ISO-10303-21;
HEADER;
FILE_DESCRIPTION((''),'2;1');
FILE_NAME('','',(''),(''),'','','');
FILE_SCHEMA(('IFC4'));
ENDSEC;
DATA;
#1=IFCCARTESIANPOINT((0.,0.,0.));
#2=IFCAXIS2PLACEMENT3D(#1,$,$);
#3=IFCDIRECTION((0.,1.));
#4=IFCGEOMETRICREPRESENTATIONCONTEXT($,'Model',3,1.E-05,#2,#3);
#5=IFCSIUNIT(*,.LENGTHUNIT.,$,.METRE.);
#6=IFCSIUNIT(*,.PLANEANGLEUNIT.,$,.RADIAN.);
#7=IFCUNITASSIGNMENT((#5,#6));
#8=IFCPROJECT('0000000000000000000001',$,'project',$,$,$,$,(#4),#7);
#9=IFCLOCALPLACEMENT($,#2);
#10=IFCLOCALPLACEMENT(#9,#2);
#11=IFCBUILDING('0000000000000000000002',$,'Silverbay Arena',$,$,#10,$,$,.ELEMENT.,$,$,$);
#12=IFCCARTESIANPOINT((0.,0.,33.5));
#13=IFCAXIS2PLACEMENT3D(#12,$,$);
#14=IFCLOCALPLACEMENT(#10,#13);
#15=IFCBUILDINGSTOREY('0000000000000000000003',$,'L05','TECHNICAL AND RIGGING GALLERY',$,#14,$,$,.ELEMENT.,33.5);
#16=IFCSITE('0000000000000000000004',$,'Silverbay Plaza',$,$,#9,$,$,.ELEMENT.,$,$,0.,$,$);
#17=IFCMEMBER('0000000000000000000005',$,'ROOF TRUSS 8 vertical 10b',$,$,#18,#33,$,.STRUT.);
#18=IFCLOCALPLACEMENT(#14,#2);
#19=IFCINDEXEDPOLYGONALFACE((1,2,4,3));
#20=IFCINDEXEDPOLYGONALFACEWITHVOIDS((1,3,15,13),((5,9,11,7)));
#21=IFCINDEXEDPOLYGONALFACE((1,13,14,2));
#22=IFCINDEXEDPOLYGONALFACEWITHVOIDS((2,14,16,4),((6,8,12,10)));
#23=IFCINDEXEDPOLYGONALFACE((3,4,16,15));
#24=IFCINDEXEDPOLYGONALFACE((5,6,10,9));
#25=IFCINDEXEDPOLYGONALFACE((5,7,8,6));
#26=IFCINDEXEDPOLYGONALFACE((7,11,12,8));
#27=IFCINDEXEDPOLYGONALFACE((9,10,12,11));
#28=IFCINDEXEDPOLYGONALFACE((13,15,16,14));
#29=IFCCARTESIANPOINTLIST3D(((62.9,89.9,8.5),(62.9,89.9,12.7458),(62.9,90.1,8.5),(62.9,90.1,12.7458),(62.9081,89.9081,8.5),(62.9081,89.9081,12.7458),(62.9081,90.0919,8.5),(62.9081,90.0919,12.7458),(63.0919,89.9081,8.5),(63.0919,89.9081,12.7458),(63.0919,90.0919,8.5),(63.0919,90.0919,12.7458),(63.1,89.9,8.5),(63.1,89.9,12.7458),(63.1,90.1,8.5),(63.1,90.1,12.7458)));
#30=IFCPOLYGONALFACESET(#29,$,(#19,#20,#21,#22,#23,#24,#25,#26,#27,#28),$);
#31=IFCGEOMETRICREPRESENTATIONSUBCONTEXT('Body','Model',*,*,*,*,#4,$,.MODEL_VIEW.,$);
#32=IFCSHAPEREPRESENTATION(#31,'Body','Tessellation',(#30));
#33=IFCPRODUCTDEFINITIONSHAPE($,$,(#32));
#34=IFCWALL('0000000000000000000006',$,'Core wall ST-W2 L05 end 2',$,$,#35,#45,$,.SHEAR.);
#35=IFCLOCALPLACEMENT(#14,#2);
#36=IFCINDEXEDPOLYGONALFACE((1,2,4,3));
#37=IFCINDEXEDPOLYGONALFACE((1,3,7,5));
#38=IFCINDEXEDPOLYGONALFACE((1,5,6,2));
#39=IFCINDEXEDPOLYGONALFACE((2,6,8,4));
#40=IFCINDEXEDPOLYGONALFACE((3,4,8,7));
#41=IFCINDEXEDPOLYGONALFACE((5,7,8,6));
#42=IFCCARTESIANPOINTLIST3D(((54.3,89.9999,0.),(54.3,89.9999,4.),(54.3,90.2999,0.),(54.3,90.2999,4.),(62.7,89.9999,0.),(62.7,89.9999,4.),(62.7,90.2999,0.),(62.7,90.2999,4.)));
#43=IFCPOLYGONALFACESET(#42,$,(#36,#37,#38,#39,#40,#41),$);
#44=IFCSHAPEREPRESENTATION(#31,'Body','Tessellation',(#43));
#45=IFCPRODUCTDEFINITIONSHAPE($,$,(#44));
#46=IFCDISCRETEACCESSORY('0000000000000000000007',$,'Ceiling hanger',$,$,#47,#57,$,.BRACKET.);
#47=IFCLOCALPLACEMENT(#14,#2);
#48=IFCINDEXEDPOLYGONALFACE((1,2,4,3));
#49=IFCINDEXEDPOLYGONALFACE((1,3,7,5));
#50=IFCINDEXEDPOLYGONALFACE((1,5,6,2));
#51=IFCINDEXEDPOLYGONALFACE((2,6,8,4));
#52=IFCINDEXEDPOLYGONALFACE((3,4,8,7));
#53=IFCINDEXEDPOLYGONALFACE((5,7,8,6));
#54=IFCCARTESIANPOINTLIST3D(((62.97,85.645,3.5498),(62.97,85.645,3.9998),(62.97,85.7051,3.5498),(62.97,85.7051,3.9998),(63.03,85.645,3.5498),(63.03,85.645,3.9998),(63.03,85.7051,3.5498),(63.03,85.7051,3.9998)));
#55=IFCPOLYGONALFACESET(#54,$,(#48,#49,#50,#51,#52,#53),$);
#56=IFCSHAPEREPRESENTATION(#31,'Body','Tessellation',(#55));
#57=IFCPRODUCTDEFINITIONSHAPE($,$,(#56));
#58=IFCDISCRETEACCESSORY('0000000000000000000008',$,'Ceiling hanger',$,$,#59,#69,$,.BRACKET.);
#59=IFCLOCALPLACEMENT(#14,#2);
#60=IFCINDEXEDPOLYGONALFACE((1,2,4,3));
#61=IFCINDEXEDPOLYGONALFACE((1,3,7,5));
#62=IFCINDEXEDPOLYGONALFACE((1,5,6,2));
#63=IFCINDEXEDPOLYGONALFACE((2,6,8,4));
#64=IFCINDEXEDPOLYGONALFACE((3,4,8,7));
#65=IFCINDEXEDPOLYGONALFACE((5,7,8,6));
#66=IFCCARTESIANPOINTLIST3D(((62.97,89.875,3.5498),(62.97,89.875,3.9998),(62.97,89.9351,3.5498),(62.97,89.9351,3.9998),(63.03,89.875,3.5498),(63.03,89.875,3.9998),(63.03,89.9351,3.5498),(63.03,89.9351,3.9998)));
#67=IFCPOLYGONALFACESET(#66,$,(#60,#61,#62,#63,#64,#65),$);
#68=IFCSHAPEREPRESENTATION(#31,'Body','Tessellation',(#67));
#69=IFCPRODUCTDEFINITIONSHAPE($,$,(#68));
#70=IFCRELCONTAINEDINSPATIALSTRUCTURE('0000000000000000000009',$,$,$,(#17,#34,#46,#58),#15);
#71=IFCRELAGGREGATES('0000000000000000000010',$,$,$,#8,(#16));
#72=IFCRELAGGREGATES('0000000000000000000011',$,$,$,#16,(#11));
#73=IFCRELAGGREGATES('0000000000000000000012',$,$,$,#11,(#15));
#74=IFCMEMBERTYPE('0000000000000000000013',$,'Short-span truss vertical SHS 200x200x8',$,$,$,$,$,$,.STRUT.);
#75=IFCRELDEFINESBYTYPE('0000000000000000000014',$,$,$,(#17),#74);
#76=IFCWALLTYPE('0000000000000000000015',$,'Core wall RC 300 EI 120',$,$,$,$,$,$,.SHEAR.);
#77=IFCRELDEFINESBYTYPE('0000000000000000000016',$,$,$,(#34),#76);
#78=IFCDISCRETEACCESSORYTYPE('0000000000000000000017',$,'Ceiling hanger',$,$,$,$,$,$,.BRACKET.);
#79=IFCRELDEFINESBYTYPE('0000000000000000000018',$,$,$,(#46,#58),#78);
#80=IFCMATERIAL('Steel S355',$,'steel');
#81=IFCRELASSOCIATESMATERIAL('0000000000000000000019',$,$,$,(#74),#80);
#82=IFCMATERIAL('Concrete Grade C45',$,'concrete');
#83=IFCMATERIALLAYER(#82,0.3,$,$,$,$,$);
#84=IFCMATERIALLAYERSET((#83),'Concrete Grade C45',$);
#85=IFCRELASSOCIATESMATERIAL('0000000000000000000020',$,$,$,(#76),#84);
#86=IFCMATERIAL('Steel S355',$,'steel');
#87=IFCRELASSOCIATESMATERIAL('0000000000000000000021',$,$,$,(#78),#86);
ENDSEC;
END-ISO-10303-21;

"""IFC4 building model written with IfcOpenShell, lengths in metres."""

from ifc_helpers import new_model, si_unit, direction, frame, frame_2d, origin, origin_2d, place, context, subcontext, project, spatial, rectangle, hollow_rectangle, extrude, material, layer, layer_set, material_profile, profile_set, type_object, element, save


model = new_model("IFC4")

# Units and contexts
model_context = context("Model", 3, precision=1e-05, world=origin(), true_north=direction((0.0, 1.0)))
body_context = subcontext(model_context, "Body", "Model", "MODEL_VIEW")
ifc_project = project(units=[si_unit("LENGTHUNIT", "METRE"), si_unit("PLANEANGLEUNIT", "RADIAN")], contexts=[model_context])

# Site, building, storey
site_placement = place(None, origin())
site = spatial("IfcSite", under=ifc_project, at=site_placement, Name="Silverbay Plaza", CompositionType="ELEMENT", RefElevation=0.0)
building_placement = place(site_placement, origin())
building = spatial("IfcBuilding", under=site, at=building_placement, Name="Silverbay Arena", CompositionType="ELEMENT")
storey_placement = place(building_placement, frame((0.0, 0.0, 33.5)))
storey = spatial("IfcBuildingStorey", under=building, at=storey_placement, Name="L05", Description="TECHNICAL AND RIGGING GALLERY", CompositionType="ELEMENT", Elevation=33.5)

# Member
ifc_material_1 = material(Name="Steel S355", Category="steel")
ifc_material_profile_1 = material_profile(ifc_material_1, hollow_rectangle(XDim=0.2, YDim=0.2, WallThickness=0.0081, at=origin_2d()), Name="SHS 200x200x8")
ifc_profile_set_1 = profile_set([ifc_material_profile_1], Name="Steel S355")
member_type_1 = type_object("IfcMemberType", Name="Short-span truss vertical SHS 200x200x8", PredefinedType="STRUT", material=ifc_profile_set_1)
for number, where, z_axis, x_axis, name in (
    (1, (63.0, 90.0, 8.5), (0.0, 0.0, 1.0), (1.0, 0.0, 0.0), "ROOF TRUSS 8 vertical 10b"),
):
    element("IfcMember", number, at=place(storey_placement, frame(where, z_axis=z_axis, x_axis=x_axis)), inside=storey, type_object=member_type_1, Name=name, PredefinedType="STRUT", context=body_context, shape_type="SweptSolid", body=[
        extrude(hollow_rectangle(XDim=0.2, YDim=0.2, WallThickness=0.0081, at=origin_2d()), origin(), (0.0, 0.0, 1.0), 4.2458),
    ])

# Wall
ifc_material_2 = material(Name="Concrete Grade C45", Category="concrete")
ifc_layer = layer(ifc_material_2, 0.3)
ifc_layer_set = layer_set([ifc_layer], Name="Concrete Grade C45")
wall_type = type_object("IfcWallType", Name="Core wall RC 300 EI 120", PredefinedType="SHEAR", material=ifc_layer_set)
wall_placement = place(storey_placement, frame((62.7, 90.1499, 0.0), z_axis=(0.0, 0.0, 1.0), x_axis=(-1.0, 0.0, 0.0)))
element("IfcWall", 2, at=wall_placement, inside=storey, type_object=wall_type, Name="Core wall ST-W2 L05 end 2", PredefinedType="SHEAR", context=body_context, shape_type="SweptSolid", body=[
    extrude(rectangle(XDim=8.3999, YDim=0.3, at=frame_2d((4.2, 0.0))), origin(), (0.0, 0.0, 1.0), 4.0),
])

# Discrete accessories
ifc_material_3 = material(Name="Steel S355", Category="steel")
discrete_accessory_type = type_object("IfcDiscreteAccessoryType", Name="Ceiling hanger", PredefinedType="BRACKET", material=ifc_material_3)
for number, where, z_axis, x_axis, name in (
    (3, (63.0, 85.675, 3.5498), (0.0, 0.0, 1.0), (1.0, 0.0, 0.0), "Ceiling hanger"),
    (4, (63.0, 89.905, 3.5498), (0.0, 0.0, 1.0), (1.0, 0.0, 0.0), "Ceiling hanger"),
):
    element("IfcDiscreteAccessory", number, at=place(storey_placement, frame(where, z_axis=z_axis, x_axis=x_axis)), inside=storey, type_object=discrete_accessory_type, Name=name, PredefinedType="BRACKET", context=body_context, shape_type="SweptSolid", body=[
        extrude(rectangle(XDim=0.0601, YDim=0.0601, at=origin_2d()), origin(), (0.0, 0.0, 1.0), 0.45),
    ])

save(model, "model.ifc")
